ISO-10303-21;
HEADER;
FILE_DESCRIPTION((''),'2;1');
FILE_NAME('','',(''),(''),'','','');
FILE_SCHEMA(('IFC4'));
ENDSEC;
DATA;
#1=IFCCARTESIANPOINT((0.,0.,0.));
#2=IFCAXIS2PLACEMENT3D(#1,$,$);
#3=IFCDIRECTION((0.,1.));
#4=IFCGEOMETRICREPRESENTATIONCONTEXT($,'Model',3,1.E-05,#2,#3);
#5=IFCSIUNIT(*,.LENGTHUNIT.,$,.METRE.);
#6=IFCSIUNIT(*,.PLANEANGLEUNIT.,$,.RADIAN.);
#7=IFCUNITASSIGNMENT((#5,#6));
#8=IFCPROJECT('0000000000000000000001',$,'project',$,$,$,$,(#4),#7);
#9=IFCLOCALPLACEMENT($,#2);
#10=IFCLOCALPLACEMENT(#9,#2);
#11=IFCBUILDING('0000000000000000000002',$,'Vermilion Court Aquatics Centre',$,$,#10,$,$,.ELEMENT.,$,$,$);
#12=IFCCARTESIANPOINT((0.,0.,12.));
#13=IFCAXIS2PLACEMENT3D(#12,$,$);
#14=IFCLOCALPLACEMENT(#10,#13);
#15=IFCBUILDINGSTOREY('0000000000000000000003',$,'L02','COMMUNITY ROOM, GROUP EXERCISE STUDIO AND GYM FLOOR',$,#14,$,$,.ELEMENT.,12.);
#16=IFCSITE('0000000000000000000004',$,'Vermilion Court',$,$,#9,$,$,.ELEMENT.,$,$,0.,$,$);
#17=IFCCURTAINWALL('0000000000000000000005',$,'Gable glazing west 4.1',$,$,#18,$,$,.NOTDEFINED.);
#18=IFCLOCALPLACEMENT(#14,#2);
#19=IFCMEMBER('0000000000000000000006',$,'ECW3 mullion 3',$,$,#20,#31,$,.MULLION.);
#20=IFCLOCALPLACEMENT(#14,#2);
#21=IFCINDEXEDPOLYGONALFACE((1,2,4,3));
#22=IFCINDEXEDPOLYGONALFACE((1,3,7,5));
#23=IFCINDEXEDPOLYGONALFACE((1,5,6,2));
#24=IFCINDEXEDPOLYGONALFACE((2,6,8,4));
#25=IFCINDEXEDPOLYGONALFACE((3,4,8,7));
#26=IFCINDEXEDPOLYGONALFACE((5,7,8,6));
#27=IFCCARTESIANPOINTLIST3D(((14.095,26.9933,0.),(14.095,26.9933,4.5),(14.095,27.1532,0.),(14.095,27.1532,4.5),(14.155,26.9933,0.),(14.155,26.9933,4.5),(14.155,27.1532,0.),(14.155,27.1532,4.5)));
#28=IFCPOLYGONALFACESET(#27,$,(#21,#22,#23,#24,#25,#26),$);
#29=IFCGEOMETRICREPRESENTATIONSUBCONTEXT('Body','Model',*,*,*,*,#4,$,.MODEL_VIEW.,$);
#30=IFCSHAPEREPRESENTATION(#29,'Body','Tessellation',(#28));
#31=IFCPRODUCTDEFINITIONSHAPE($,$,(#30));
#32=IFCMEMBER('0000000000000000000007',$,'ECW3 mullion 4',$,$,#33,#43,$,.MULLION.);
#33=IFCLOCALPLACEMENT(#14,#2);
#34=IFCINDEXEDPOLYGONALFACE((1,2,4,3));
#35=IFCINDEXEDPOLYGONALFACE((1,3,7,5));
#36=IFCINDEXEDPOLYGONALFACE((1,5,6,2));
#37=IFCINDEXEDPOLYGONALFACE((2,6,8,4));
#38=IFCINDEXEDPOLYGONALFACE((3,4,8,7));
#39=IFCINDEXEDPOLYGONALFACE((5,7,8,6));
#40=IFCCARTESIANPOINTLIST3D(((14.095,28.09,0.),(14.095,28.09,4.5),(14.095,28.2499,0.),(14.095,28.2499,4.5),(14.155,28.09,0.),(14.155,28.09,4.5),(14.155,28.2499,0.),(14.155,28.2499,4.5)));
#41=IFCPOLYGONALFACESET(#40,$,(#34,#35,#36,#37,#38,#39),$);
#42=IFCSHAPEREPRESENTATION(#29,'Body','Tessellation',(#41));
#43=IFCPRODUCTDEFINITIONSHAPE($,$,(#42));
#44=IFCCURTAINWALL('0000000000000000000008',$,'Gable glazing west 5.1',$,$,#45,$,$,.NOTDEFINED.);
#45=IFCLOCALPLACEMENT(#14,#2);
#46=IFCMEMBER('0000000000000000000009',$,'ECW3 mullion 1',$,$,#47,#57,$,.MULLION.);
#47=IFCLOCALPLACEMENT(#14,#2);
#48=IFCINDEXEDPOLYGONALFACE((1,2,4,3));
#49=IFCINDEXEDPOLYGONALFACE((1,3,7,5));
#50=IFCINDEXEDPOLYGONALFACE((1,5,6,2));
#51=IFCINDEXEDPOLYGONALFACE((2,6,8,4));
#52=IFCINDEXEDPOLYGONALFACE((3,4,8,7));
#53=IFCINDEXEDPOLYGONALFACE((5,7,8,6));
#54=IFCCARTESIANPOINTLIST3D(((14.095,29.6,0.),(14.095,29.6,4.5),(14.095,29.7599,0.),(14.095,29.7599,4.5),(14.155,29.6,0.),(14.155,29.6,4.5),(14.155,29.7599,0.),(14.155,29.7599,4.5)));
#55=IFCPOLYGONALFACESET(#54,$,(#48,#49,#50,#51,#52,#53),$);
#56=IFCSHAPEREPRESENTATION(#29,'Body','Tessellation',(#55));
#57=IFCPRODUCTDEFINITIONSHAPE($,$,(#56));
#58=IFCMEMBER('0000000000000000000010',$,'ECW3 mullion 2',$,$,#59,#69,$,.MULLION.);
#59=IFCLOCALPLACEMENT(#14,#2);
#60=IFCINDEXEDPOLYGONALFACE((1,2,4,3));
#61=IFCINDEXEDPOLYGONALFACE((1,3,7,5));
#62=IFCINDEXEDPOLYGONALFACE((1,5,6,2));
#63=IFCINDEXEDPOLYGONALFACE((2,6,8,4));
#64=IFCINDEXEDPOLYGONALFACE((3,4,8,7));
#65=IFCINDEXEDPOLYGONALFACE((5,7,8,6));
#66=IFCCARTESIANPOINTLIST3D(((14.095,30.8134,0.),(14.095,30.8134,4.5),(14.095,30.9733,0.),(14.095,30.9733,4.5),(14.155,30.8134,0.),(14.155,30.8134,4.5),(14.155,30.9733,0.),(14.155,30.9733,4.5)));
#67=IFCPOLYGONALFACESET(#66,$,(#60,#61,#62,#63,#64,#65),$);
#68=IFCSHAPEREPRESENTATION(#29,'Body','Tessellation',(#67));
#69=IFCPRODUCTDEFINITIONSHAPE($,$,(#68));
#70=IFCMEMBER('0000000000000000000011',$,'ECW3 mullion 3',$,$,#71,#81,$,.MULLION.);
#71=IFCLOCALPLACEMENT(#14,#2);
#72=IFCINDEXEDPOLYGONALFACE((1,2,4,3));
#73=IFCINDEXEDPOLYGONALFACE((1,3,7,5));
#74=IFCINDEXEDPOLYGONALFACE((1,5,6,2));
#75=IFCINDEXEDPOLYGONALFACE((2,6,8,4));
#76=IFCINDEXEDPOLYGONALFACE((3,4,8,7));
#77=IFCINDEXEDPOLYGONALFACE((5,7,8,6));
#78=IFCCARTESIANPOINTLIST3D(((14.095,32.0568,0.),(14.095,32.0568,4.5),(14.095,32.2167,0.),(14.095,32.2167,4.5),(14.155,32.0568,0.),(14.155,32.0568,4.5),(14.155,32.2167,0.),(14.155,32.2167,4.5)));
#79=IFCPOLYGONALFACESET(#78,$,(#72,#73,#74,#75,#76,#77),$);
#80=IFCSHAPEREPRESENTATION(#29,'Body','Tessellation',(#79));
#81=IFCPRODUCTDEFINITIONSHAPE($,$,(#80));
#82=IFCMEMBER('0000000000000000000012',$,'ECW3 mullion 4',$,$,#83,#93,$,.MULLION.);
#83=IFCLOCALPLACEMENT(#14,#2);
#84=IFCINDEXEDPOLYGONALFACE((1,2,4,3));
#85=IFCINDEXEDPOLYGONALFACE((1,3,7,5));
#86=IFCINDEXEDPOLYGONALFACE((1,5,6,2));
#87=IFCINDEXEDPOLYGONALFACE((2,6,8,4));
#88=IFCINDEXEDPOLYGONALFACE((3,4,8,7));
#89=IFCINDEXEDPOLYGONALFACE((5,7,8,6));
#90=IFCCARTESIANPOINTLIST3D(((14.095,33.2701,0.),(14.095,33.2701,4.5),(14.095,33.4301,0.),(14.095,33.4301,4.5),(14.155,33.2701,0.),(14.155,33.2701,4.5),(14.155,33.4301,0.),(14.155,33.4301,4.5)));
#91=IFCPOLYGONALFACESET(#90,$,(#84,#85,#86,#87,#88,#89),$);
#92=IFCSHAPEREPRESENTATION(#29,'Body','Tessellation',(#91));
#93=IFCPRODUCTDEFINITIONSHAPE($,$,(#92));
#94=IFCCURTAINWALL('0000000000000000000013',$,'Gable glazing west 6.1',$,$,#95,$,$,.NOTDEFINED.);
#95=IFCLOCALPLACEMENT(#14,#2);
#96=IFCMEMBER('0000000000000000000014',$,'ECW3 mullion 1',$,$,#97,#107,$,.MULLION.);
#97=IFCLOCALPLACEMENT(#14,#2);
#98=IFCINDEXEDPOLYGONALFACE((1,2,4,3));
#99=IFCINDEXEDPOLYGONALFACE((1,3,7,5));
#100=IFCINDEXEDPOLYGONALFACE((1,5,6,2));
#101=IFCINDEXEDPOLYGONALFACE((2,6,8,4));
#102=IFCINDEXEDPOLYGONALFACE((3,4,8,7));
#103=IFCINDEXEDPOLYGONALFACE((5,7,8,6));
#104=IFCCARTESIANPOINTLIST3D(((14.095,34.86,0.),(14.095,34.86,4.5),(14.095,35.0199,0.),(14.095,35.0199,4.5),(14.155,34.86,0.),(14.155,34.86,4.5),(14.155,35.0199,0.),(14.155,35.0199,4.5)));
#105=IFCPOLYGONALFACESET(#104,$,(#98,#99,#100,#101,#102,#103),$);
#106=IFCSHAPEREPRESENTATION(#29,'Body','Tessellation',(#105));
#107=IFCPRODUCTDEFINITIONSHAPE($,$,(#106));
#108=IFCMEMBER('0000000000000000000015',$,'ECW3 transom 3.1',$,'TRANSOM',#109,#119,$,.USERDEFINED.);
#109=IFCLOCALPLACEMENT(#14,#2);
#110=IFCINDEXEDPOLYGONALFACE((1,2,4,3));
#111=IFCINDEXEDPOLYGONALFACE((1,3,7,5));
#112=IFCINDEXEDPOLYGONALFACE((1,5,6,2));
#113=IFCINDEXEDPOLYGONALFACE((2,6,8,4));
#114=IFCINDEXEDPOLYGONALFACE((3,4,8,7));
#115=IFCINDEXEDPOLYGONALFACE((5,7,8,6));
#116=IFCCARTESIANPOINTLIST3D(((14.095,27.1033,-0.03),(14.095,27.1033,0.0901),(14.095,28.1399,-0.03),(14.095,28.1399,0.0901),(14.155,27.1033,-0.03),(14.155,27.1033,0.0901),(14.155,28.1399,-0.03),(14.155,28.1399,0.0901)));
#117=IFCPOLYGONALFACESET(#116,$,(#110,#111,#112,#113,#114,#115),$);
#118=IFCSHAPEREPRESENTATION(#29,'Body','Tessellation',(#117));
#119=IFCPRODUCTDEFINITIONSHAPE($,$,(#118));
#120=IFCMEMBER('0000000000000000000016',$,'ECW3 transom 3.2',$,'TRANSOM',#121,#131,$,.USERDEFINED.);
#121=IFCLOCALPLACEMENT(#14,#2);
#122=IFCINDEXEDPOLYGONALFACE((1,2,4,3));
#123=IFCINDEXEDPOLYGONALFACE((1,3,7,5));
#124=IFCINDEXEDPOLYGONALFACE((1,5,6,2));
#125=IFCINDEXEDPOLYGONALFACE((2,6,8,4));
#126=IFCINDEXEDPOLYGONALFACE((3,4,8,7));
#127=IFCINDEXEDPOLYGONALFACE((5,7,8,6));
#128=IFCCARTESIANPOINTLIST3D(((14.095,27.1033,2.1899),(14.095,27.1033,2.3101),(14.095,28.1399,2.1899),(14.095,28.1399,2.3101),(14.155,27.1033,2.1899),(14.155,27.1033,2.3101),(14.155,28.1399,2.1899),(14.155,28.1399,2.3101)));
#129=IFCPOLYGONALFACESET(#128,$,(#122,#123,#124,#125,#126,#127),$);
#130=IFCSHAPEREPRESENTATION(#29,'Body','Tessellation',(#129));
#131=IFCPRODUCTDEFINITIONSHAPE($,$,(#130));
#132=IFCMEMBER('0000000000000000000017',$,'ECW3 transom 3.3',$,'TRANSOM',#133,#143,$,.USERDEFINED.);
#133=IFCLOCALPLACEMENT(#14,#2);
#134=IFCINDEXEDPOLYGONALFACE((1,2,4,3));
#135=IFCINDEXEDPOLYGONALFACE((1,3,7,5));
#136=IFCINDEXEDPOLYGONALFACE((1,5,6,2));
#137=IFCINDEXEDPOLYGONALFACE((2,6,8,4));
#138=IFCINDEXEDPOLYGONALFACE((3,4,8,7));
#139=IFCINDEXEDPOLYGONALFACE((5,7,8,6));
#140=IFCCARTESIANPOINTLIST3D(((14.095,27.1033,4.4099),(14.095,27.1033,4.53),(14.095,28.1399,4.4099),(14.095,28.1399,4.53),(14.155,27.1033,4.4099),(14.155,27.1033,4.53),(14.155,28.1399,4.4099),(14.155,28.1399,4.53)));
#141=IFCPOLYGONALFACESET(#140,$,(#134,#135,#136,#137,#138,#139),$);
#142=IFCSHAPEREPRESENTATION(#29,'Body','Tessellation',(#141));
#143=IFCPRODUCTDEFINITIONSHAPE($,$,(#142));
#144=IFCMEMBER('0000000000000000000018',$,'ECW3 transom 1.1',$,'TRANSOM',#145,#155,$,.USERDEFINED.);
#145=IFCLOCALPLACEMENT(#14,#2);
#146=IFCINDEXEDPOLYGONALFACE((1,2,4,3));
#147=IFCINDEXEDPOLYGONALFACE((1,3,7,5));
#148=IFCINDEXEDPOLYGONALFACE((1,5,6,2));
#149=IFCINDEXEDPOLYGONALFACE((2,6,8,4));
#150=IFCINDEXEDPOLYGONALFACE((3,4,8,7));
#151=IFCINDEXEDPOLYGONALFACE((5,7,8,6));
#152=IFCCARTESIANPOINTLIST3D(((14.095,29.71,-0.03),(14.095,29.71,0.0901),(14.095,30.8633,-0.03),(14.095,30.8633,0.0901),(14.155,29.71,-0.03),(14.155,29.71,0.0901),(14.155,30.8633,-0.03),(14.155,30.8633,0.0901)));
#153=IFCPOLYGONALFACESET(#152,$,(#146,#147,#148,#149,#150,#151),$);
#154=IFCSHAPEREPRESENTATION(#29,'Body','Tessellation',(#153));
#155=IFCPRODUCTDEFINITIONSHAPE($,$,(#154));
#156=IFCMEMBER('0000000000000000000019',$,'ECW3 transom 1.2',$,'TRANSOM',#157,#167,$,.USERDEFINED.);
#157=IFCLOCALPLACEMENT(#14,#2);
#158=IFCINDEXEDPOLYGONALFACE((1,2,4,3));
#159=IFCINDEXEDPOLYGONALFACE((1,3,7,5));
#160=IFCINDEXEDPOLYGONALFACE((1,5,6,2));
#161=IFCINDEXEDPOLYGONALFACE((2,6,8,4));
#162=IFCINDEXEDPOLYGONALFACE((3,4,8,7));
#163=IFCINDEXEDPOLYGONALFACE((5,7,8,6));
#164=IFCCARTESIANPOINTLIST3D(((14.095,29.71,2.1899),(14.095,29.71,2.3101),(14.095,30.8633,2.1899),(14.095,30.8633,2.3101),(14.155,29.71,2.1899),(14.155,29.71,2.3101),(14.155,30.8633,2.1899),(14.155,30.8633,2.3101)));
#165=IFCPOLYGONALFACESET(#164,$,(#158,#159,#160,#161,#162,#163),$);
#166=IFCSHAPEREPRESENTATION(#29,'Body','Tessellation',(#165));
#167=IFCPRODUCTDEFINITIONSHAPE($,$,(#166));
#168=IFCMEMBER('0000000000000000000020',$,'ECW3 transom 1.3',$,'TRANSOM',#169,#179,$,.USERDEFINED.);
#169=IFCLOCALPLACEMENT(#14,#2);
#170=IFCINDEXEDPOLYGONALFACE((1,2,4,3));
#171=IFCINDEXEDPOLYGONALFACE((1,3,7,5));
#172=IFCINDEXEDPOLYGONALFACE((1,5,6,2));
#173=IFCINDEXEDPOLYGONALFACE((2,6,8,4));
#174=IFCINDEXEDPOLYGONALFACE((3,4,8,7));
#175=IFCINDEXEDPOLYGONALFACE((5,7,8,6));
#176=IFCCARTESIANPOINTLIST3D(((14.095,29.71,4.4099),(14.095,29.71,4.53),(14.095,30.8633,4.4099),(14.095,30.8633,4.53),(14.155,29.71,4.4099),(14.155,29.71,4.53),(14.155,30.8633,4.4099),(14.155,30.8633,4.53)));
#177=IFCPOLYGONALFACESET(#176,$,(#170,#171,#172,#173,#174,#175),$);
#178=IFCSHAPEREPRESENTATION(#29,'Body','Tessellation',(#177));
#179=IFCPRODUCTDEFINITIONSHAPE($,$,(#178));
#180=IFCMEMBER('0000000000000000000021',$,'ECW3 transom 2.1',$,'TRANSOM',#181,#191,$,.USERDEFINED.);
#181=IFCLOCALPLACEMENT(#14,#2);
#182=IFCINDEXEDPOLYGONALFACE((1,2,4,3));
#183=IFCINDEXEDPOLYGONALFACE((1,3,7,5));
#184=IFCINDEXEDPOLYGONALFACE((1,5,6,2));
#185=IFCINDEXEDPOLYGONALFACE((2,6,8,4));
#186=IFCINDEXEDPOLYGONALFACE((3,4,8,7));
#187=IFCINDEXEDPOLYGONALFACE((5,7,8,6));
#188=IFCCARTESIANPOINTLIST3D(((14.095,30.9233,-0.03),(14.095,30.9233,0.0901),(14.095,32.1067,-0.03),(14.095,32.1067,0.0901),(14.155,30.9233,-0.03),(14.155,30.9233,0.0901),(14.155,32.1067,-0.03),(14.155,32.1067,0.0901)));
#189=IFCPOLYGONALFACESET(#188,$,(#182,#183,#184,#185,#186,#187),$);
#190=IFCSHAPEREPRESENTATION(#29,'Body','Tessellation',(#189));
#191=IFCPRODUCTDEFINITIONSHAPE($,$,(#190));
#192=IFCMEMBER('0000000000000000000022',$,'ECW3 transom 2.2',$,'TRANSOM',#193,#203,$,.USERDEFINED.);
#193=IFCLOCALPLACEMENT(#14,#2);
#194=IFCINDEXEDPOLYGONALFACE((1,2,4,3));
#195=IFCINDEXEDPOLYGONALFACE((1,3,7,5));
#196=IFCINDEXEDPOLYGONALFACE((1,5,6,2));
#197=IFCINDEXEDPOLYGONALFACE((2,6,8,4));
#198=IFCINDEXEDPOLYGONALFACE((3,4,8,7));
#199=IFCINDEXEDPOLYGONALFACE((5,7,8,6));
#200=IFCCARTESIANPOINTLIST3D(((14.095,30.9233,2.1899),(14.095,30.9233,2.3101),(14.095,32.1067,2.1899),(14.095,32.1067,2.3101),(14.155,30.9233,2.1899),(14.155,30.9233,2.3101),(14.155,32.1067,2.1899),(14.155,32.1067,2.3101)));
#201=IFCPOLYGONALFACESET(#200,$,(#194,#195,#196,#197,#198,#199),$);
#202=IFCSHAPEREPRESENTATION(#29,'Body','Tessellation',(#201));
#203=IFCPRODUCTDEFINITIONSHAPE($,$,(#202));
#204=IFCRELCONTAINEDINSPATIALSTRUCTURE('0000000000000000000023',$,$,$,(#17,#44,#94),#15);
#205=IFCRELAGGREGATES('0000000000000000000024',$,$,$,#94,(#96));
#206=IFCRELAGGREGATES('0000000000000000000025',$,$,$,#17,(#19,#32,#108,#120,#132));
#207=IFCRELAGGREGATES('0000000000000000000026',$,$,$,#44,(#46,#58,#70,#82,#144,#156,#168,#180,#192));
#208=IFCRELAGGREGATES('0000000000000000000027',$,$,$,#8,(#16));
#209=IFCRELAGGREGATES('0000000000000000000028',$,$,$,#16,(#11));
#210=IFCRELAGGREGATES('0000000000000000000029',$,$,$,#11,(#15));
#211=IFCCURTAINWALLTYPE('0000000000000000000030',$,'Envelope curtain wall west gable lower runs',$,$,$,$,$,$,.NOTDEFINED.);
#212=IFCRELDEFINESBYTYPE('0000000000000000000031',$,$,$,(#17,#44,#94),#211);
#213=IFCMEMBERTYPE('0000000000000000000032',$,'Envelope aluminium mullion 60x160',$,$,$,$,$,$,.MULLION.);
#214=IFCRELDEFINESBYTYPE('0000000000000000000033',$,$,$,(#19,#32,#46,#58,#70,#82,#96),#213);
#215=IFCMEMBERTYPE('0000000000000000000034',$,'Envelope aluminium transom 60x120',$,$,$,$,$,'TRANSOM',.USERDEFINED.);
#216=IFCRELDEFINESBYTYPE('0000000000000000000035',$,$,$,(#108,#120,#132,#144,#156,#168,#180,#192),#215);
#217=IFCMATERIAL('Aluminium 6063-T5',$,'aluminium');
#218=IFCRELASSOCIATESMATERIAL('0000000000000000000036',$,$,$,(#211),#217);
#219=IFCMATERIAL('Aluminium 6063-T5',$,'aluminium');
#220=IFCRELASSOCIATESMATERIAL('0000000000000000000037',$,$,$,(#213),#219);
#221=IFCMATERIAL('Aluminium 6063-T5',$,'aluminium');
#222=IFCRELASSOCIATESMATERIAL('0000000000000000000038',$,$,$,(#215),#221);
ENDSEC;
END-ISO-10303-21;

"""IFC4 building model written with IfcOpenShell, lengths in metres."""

from ifc_helpers import new_model, si_unit, direction, frame, origin, origin_2d, place, context, subcontext, project, spatial, rectangle, extrude, material, material_profile, profile_set, type_object, element, aggregate, save


model = new_model("IFC4")

# Units and contexts
model_context = context("Model", 3, precision=1e-05, world=origin(), true_north=direction((0.0, 1.0)))
body_context = subcontext(model_context, "Body", "Model", "MODEL_VIEW")
ifc_project = project(units=[si_unit("LENGTHUNIT", "METRE"), si_unit("PLANEANGLEUNIT", "RADIAN")], contexts=[model_context])

# Site, building, storey
site_placement = place(None, origin())
site = spatial("IfcSite", under=ifc_project, at=site_placement, Name="Vermilion Court", CompositionType="ELEMENT", RefElevation=0.0)
building_placement = place(site_placement, origin())
building = spatial("IfcBuilding", under=site, at=building_placement, Name="Vermilion Court Aquatics Centre", CompositionType="ELEMENT")
storey_placement = place(building_placement, frame((0.0, 0.0, 12.0)))
storey = spatial("IfcBuildingStorey", under=building, at=storey_placement, Name="L02", Description="COMMUNITY ROOM, GROUP EXERCISE STUDIO AND GYM FLOOR", CompositionType="ELEMENT", Elevation=12.0)

# Curtain walls, members
ifc_material_1 = material(Name="Aluminium 6063-T5", Category="aluminium")
curtain_wall_type = type_object("IfcCurtainWallType", Name="Envelope curtain wall west gable lower runs", PredefinedType="NOTDEFINED", material=ifc_material_1)
curtain_wall_1_placement = place(storey_placement, origin())
curtain_wall_1 = element("IfcCurtainWall", 1, at=curtain_wall_1_placement, inside=storey, type_object=curtain_wall_type, Name="Gable glazing west 4.1", PredefinedType="NOTDEFINED")
ifc_material_2 = material(Name="Aluminium 6063-T5", Category="aluminium")
ifc_material_profile_1 = material_profile(ifc_material_2, rectangle(XDim=0.0601, YDim=0.1599, at=origin_2d()), Name="AL 60x160")
ifc_profile_set_1 = profile_set([ifc_material_profile_1], Name="Aluminium 6063-T5")
member_type_1 = type_object("IfcMemberType", Name="Envelope aluminium mullion 60x160", PredefinedType="MULLION", material=ifc_profile_set_1)
member_1_placement = place(storey_placement, frame((14.125, 27.0732, 0.0), z_axis=(0.0, 0.0, 1.0), x_axis=(-1.0, 0.0, 0.0)))
member_1 = element("IfcMember", 2, at=member_1_placement, type_object=member_type_1, Name="ECW3 mullion 3", PredefinedType="MULLION", context=body_context, shape_type="SweptSolid", body=[
    extrude(rectangle(XDim=0.0601, YDim=0.1599, at=origin_2d()), origin(), (0.0, 0.0, 1.0), 4.5),
])
member_2_placement = place(storey_placement, frame((14.125, 28.1699, 0.0), z_axis=(0.0, 0.0, 1.0), x_axis=(-1.0, 0.0, 0.0)))
member_2 = element("IfcMember", 3, at=member_2_placement, type_object=member_type_1, Name="ECW3 mullion 4", PredefinedType="MULLION", context=body_context, shape_type="SweptSolid", body=[
    extrude(rectangle(XDim=0.0601, YDim=0.1599, at=origin_2d()), origin(), (0.0, 0.0, 1.0), 4.5),
])
curtain_wall_2_placement = place(storey_placement, origin())
curtain_wall_2 = element("IfcCurtainWall", 4, at=curtain_wall_2_placement, inside=storey, type_object=curtain_wall_type, Name="Gable glazing west 5.1", PredefinedType="NOTDEFINED")
member_3_placement = place(storey_placement, frame((14.125, 29.6799, 0.0), z_axis=(0.0, 0.0, 1.0), x_axis=(-1.0, 0.0, 0.0)))
member_3 = element("IfcMember", 5, at=member_3_placement, type_object=member_type_1, Name="ECW3 mullion 1", PredefinedType="MULLION", context=body_context, shape_type="SweptSolid", body=[
    extrude(rectangle(XDim=0.0601, YDim=0.1599, at=origin_2d()), origin(), (0.0, 0.0, 1.0), 4.5),
])
member_4_placement = place(storey_placement, frame((14.125, 30.8933, 0.0), z_axis=(0.0, 0.0, 1.0), x_axis=(-1.0, 0.0, 0.0)))
member_4 = element("IfcMember", 6, at=member_4_placement, type_object=member_type_1, Name="ECW3 mullion 2", PredefinedType="MULLION", context=body_context, shape_type="SweptSolid", body=[
    extrude(rectangle(XDim=0.0601, YDim=0.1599, at=origin_2d()), origin(), (0.0, 0.0, 1.0), 4.5),
])
member_5_placement = place(storey_placement, frame((14.125, 32.1367, 0.0), z_axis=(0.0, 0.0, 1.0), x_axis=(-1.0, 0.0, 0.0)))
member_5 = element("IfcMember", 7, at=member_5_placement, type_object=member_type_1, Name="ECW3 mullion 3", PredefinedType="MULLION", context=body_context, shape_type="SweptSolid", body=[
    extrude(rectangle(XDim=0.0601, YDim=0.1599, at=origin_2d()), origin(), (0.0, 0.0, 1.0), 4.5),
])
member_6_placement = place(storey_placement, frame((14.125, 33.3501, 0.0), z_axis=(0.0, 0.0, 1.0), x_axis=(-1.0, 0.0, 0.0)))
member_6 = element("IfcMember", 8, at=member_6_placement, type_object=member_type_1, Name="ECW3 mullion 4", PredefinedType="MULLION", context=body_context, shape_type="SweptSolid", body=[
    extrude(rectangle(XDim=0.0601, YDim=0.1599, at=origin_2d()), origin(), (0.0, 0.0, 1.0), 4.5),
])

# Curtain wall, member
curtain_wall_3_placement = place(storey_placement, origin())
curtain_wall_3 = element("IfcCurtainWall", 9, at=curtain_wall_3_placement, inside=storey, type_object=curtain_wall_type, Name="Gable glazing west 6.1", PredefinedType="NOTDEFINED")
member_7_placement = place(storey_placement, frame((14.125, 34.9399, 0.0), z_axis=(0.0, 0.0, 1.0), x_axis=(-1.0, 0.0, 0.0)))
member_7 = element("IfcMember", 10, at=member_7_placement, type_object=member_type_1, Name="ECW3 mullion 1", PredefinedType="MULLION", context=body_context, shape_type="SweptSolid", body=[
    extrude(rectangle(XDim=0.0601, YDim=0.1599, at=origin_2d()), origin(), (0.0, 0.0, 1.0), 4.5),
])

# Members
ifc_material_3 = material(Name="Aluminium 6063-T5", Category="aluminium")
ifc_material_profile_2 = material_profile(ifc_material_3, rectangle(XDim=0.0601, YDim=0.1201, at=origin_2d()), Name="AL 60x120")
ifc_profile_set_2 = profile_set([ifc_material_profile_2], Name="Aluminium 6063-T5")
member_type_2 = type_object("IfcMemberType", Name="Envelope aluminium transom 60x120", ElementType="TRANSOM", PredefinedType="USERDEFINED", material=ifc_profile_set_2)
member_8_placement = place(storey_placement, frame((14.125, 27.1033, 0.03), z_axis=(0.0, 1.0, 0.0), x_axis=(-1.0, 0.0, 0.0)))
member_8 = element("IfcMember", 11, at=member_8_placement, type_object=member_type_2, Name="ECW3 transom 3.1", ObjectType="TRANSOM", PredefinedType="USERDEFINED", context=body_context, shape_type="SweptSolid", body=[
    extrude(rectangle(XDim=0.0601, YDim=0.1201, at=origin_2d()), origin(), (0.0, 0.0, 1.0), 1.0366),
])
member_9_placement = place(storey_placement, frame((14.125, 27.1033, 2.25), z_axis=(0.0, 1.0, 0.0), x_axis=(-1.0, 0.0, 0.0)))
member_9 = element("IfcMember", 12, at=member_9_placement, type_object=member_type_2, Name="ECW3 transom 3.2", ObjectType="TRANSOM", PredefinedType="USERDEFINED", context=body_context, shape_type="SweptSolid", body=[
    extrude(rectangle(XDim=0.0601, YDim=0.1201, at=origin_2d()), origin(), (0.0, 0.0, 1.0), 1.0366),
])
member_10_placement = place(storey_placement, frame((14.125, 27.1033, 4.47), z_axis=(0.0, 1.0, 0.0), x_axis=(-1.0, 0.0, 0.0)))
member_10 = element("IfcMember", 13, at=member_10_placement, type_object=member_type_2, Name="ECW3 transom 3.3", ObjectType="TRANSOM", PredefinedType="USERDEFINED", context=body_context, shape_type="SweptSolid", body=[
    extrude(rectangle(XDim=0.0601, YDim=0.1201, at=origin_2d()), origin(), (0.0, 0.0, 1.0), 1.0366),
])
member_11_placement = place(storey_placement, frame((14.125, 29.71, 0.03), z_axis=(0.0, 1.0, 0.0), x_axis=(-1.0, 0.0, 0.0)))
member_11 = element("IfcMember", 14, at=member_11_placement, type_object=member_type_2, Name="ECW3 transom 1.1", ObjectType="TRANSOM", PredefinedType="USERDEFINED", context=body_context, shape_type="SweptSolid", body=[
    extrude(rectangle(XDim=0.0601, YDim=0.1201, at=origin_2d()), origin(), (0.0, 0.0, 1.0), 1.1533),
])
member_12_placement = place(storey_placement, frame((14.125, 29.71, 2.25), z_axis=(0.0, 1.0, 0.0), x_axis=(-1.0, 0.0, 0.0)))
member_12 = element("IfcMember", 15, at=member_12_placement, type_object=member_type_2, Name="ECW3 transom 1.2", ObjectType="TRANSOM", PredefinedType="USERDEFINED", context=body_context, shape_type="SweptSolid", body=[
    extrude(rectangle(XDim=0.0601, YDim=0.1201, at=origin_2d()), origin(), (0.0, 0.0, 1.0), 1.1533),
])
member_13_placement = place(storey_placement, frame((14.125, 29.71, 4.47), z_axis=(0.0, 1.0, 0.0), x_axis=(-1.0, 0.0, 0.0)))
member_13 = element("IfcMember", 16, at=member_13_placement, type_object=member_type_2, Name="ECW3 transom 1.3", ObjectType="TRANSOM", PredefinedType="USERDEFINED", context=body_context, shape_type="SweptSolid", body=[
    extrude(rectangle(XDim=0.0601, YDim=0.1201, at=origin_2d()), origin(), (0.0, 0.0, 1.0), 1.1533),
])
member_14_placement = place(storey_placement, frame((14.125, 30.9233, 0.03), z_axis=(0.0, 1.0, 0.0), x_axis=(-1.0, 0.0, 0.0)))
member_14 = element("IfcMember", 17, at=member_14_placement, type_object=member_type_2, Name="ECW3 transom 2.1", ObjectType="TRANSOM", PredefinedType="USERDEFINED", context=body_context, shape_type="SweptSolid", body=[
    extrude(rectangle(XDim=0.0601, YDim=0.1201, at=origin_2d()), origin(), (0.0, 0.0, 1.0), 1.1833),
])
member_15_placement = place(storey_placement, frame((14.125, 30.9233, 2.25), z_axis=(0.0, 1.0, 0.0), x_axis=(-1.0, 0.0, 0.0)))
member_15 = element("IfcMember", 18, at=member_15_placement, type_object=member_type_2, Name="ECW3 transom 2.2", ObjectType="TRANSOM", PredefinedType="USERDEFINED", context=body_context, shape_type="SweptSolid", body=[
    extrude(rectangle(XDim=0.0601, YDim=0.1201, at=origin_2d()), origin(), (0.0, 0.0, 1.0), 1.1833),
])
aggregate(curtain_wall_3, [member_7])

aggregate(curtain_wall_1, [member_1, member_2, member_8, member_9, member_10])
aggregate(curtain_wall_2, [member_3, member_4, member_5, member_6, member_11, member_12, member_13, member_14, member_15])

save(model, "model.ifc")
